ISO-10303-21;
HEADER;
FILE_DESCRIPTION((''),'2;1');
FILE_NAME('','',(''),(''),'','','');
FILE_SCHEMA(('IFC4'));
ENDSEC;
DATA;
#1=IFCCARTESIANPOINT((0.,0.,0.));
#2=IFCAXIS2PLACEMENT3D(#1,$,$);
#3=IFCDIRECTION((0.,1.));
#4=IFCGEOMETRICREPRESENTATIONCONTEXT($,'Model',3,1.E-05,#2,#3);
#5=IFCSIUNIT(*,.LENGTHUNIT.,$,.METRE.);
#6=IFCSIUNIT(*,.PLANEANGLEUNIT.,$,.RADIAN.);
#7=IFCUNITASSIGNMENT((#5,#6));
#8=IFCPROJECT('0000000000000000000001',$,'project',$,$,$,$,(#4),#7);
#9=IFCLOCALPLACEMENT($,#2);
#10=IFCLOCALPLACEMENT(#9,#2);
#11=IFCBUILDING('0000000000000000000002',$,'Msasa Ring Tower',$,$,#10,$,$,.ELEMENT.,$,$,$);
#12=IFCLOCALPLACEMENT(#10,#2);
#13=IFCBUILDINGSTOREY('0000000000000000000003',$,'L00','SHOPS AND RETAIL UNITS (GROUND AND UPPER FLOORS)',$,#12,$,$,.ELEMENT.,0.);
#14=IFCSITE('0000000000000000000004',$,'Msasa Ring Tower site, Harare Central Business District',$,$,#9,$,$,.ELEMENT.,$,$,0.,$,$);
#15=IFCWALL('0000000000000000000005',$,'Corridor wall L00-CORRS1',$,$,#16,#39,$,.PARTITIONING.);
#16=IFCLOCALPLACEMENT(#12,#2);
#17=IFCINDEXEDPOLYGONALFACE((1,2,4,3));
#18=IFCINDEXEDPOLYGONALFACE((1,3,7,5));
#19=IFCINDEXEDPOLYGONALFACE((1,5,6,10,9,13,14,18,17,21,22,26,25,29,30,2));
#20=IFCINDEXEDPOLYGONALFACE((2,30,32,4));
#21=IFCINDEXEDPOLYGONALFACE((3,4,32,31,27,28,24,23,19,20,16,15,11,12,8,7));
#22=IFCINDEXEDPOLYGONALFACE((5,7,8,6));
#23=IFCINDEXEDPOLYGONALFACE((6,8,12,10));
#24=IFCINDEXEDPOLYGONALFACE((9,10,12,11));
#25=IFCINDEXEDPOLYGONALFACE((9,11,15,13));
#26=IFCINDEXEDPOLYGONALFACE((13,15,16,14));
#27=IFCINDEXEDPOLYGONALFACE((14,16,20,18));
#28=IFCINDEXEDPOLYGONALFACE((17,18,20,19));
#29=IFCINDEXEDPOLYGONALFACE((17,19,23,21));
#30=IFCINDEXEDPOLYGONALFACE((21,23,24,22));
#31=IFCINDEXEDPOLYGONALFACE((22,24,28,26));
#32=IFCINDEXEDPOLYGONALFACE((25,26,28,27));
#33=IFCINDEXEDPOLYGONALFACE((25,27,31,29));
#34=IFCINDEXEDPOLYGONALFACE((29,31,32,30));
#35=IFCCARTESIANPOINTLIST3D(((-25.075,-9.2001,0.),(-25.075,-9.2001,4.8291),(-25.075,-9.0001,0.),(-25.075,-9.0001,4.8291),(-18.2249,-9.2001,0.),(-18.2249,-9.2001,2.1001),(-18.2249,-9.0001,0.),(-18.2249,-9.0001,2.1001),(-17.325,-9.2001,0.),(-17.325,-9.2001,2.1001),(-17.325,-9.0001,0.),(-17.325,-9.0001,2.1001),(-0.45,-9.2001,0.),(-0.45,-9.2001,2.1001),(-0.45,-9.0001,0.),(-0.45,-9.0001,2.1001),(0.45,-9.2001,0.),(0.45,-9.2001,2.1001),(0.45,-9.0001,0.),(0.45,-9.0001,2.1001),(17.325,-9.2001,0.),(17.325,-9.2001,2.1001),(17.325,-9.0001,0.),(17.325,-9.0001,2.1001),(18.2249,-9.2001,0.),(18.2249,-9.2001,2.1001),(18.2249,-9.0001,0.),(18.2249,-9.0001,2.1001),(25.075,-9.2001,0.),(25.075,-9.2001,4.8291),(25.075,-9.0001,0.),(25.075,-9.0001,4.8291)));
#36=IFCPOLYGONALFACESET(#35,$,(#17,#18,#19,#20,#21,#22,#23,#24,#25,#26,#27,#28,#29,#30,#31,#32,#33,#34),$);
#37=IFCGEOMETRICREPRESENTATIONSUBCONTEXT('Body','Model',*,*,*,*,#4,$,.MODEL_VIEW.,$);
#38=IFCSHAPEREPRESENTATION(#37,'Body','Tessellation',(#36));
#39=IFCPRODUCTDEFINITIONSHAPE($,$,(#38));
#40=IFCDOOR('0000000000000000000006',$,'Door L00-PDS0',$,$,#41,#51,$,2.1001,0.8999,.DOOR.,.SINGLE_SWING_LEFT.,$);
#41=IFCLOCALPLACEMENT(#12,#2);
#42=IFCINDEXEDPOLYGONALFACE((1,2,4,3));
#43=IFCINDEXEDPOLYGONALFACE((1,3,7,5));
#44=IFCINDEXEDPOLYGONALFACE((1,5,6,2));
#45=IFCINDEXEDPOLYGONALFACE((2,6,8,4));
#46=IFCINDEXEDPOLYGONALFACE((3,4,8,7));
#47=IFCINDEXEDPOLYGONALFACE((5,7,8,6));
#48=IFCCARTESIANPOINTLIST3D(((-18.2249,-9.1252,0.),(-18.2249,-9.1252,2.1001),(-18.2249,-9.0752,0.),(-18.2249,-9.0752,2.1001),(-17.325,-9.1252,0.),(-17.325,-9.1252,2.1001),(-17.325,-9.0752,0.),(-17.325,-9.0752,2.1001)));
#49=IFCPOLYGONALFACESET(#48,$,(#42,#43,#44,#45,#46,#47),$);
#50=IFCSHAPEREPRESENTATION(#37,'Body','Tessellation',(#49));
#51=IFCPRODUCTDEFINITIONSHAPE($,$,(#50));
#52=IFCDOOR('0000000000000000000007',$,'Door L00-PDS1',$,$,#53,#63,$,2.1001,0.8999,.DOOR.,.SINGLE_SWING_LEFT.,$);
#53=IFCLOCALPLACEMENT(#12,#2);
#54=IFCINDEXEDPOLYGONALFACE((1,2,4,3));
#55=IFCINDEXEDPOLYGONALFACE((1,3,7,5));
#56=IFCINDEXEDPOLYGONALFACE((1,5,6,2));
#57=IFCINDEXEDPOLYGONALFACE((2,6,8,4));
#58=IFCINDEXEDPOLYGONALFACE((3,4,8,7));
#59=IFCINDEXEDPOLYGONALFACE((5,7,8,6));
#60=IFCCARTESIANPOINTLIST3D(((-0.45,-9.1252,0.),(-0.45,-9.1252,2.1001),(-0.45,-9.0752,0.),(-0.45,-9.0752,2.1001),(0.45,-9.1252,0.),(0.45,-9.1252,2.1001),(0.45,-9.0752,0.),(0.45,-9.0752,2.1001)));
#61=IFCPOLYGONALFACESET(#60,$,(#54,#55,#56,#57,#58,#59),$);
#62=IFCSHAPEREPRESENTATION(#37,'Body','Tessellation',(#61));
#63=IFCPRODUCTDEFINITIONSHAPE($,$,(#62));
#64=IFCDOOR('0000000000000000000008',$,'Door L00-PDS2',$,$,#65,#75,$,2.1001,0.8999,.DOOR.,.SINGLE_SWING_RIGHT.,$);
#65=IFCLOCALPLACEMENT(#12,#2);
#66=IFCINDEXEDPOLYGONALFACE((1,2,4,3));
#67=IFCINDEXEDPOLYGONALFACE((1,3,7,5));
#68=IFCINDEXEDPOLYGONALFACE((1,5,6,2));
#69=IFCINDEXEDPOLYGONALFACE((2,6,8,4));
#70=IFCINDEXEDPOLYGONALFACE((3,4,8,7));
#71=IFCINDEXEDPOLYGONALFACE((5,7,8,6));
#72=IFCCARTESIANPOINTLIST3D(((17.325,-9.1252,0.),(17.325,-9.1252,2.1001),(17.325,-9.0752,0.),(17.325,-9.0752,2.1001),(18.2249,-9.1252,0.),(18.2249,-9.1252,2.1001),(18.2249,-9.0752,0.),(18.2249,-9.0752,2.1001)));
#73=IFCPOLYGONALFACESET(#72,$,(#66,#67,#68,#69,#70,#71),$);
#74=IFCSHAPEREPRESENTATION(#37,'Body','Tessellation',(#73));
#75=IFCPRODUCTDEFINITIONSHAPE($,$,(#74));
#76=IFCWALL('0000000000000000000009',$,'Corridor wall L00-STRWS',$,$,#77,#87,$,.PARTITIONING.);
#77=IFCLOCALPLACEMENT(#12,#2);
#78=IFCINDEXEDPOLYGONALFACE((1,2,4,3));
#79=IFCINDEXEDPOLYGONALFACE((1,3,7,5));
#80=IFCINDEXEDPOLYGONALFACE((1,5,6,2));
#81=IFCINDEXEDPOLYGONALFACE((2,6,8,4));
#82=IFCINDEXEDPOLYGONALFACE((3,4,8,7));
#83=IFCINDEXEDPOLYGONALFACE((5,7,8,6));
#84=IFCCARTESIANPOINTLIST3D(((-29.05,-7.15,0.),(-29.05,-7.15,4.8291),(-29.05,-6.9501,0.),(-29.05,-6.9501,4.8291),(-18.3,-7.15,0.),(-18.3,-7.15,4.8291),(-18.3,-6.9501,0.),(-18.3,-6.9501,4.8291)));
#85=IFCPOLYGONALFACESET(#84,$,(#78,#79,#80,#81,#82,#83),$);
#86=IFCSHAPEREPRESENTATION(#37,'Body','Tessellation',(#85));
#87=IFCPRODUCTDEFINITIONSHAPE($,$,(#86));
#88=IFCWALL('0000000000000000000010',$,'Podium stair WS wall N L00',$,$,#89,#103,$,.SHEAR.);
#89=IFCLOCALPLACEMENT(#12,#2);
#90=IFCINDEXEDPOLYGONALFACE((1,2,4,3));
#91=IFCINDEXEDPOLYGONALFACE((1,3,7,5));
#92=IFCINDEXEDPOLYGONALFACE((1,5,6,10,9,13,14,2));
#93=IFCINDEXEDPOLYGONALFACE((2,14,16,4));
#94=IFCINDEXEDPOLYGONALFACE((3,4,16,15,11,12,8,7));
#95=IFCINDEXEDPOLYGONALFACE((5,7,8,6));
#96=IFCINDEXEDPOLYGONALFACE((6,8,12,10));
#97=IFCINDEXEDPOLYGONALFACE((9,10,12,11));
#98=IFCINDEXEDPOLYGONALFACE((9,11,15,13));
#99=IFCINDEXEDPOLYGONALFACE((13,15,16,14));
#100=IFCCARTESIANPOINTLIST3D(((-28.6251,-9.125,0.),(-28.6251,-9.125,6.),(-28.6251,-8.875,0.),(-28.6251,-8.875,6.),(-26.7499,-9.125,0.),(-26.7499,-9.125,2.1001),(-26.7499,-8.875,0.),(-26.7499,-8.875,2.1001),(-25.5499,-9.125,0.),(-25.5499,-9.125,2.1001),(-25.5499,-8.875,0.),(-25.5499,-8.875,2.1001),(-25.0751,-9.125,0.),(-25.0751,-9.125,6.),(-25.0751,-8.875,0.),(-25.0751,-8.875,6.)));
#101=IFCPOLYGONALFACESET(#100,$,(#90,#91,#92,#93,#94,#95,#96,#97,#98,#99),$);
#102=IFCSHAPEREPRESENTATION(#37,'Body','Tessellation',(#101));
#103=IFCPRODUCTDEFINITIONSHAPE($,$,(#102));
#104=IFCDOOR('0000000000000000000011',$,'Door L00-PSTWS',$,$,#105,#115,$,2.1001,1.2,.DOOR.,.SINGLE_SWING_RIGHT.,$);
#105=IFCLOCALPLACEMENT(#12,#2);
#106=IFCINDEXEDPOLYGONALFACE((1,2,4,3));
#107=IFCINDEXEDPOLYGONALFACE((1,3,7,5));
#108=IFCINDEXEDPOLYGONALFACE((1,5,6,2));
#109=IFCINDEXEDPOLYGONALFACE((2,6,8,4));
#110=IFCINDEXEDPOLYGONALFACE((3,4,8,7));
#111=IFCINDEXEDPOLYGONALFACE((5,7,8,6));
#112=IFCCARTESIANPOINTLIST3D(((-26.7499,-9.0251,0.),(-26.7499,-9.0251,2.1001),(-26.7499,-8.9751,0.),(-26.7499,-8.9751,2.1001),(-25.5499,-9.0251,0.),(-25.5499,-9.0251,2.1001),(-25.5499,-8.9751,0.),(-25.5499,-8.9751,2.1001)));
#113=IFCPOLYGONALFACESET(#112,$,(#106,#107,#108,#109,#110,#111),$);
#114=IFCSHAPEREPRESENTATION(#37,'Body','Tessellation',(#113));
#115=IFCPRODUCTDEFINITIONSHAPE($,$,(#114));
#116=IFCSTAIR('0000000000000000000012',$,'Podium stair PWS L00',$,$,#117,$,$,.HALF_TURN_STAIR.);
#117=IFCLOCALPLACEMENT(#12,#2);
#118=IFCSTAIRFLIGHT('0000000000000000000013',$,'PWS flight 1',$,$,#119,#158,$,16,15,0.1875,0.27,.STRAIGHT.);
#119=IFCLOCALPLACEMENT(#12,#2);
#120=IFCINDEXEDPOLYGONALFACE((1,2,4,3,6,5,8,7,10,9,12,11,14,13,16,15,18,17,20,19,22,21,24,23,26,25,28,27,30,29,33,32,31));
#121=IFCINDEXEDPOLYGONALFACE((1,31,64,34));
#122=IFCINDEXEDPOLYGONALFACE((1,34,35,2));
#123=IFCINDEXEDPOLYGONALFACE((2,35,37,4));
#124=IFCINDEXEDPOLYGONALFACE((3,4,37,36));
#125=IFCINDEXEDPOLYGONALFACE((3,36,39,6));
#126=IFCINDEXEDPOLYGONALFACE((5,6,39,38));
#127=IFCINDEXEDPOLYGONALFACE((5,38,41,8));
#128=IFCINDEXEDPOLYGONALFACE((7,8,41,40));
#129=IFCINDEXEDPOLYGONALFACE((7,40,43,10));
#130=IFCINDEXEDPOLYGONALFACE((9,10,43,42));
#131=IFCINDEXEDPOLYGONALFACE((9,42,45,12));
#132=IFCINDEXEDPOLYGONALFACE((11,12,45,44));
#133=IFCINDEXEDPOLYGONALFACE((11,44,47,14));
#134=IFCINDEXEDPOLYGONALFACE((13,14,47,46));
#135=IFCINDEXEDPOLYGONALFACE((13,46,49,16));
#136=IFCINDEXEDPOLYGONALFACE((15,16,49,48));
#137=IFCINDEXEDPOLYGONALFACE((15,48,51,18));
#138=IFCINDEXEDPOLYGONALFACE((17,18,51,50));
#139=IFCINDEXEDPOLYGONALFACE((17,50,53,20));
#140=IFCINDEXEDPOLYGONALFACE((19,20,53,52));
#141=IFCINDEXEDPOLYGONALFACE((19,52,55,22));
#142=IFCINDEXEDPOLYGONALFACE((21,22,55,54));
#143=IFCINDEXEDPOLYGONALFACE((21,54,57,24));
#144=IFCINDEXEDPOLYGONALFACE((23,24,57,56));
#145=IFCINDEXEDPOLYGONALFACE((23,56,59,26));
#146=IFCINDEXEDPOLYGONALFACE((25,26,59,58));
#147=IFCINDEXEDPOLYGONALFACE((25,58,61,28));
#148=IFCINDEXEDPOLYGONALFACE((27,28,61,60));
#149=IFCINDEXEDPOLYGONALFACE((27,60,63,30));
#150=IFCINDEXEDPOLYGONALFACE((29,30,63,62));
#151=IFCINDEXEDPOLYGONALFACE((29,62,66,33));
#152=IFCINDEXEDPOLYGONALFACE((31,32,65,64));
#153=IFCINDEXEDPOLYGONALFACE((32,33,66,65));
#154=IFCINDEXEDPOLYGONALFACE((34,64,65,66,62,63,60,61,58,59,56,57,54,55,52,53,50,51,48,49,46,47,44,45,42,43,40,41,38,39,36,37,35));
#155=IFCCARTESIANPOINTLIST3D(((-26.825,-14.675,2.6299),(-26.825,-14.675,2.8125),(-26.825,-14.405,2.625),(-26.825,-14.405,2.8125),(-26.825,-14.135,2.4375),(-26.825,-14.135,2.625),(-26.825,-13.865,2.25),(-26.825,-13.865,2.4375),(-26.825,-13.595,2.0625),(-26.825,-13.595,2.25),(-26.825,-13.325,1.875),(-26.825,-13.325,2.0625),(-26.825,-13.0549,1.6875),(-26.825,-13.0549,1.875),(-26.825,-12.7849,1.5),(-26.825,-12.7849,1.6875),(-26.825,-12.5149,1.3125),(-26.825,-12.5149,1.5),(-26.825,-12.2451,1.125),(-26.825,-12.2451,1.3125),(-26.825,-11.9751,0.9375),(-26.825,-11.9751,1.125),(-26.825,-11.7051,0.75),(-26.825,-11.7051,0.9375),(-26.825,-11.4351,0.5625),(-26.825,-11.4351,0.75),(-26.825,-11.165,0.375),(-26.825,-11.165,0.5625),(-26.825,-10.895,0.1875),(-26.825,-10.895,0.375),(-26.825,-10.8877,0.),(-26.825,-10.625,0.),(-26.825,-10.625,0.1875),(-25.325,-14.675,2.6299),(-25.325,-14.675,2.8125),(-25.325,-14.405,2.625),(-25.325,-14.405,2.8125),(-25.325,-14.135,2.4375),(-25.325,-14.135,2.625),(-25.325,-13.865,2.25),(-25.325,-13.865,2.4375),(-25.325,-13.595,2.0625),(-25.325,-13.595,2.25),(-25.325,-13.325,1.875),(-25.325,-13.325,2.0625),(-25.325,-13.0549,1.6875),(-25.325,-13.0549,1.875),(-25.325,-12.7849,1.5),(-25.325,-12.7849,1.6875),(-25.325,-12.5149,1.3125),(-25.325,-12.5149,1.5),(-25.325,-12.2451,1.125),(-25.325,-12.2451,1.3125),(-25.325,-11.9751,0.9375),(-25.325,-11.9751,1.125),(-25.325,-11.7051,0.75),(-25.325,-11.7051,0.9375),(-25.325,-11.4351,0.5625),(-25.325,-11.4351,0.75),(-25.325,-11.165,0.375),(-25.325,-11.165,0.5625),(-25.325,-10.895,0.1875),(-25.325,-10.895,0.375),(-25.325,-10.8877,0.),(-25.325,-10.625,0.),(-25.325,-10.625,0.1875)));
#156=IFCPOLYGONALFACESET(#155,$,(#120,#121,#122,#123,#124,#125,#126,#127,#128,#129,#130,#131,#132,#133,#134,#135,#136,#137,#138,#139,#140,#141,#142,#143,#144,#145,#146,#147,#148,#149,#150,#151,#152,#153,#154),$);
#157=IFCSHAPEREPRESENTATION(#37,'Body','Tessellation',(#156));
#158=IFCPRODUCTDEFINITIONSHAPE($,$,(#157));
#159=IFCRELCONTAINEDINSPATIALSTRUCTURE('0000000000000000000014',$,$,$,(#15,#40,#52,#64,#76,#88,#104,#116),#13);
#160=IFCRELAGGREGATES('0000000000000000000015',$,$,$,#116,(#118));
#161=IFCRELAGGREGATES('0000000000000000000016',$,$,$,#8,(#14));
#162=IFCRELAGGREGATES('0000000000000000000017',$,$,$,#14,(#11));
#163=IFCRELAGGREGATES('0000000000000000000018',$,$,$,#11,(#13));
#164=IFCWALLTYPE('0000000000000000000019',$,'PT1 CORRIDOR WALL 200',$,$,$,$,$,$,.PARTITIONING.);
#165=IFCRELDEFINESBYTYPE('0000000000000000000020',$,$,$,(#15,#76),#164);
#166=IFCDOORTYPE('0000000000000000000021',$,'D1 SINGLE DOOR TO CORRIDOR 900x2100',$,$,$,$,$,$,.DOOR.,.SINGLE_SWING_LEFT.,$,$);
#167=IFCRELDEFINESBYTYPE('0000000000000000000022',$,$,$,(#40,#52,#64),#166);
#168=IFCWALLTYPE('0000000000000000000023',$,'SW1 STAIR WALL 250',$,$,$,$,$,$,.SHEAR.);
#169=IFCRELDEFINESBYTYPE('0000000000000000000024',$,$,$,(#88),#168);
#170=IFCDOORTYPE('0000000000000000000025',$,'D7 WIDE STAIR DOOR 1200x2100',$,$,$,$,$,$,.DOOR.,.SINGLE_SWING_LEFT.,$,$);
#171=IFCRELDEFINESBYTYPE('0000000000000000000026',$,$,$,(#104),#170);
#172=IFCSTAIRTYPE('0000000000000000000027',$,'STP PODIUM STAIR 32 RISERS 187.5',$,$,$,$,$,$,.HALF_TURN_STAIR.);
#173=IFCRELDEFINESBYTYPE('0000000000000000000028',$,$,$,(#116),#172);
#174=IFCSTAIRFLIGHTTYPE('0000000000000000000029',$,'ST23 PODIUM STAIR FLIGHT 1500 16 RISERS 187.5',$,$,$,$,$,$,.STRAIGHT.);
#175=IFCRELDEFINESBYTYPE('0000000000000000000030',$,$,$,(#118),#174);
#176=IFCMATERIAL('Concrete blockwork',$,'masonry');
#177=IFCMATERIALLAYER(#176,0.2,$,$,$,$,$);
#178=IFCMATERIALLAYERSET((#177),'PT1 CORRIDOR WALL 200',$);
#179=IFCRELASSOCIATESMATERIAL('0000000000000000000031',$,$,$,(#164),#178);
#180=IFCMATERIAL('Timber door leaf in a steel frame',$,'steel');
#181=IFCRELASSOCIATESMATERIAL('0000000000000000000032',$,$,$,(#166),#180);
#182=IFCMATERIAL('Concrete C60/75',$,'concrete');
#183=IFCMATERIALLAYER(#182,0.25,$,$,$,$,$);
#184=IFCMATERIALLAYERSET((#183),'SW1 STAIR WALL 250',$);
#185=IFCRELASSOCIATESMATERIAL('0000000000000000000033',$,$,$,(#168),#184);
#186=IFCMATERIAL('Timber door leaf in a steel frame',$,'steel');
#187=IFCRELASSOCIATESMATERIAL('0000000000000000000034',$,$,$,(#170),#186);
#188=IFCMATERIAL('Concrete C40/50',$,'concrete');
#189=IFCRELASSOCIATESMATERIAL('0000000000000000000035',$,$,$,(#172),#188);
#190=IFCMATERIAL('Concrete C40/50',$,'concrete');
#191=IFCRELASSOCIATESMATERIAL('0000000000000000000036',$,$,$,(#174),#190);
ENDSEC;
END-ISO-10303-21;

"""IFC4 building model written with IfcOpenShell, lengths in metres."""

from ifc_helpers import new_model, si_unit, direction, frame, frame_2d, origin, place, context, subcontext, project, spatial, polyline, rectangle, outline, extrude, material, layer, layer_set, type_object, element, fill, aggregate, save


model = new_model("IFC4")

# Units and contexts
model_context = context("Model", 3, precision=1e-05, world=origin(), true_north=direction((0.0, 1.0)))
body_context = subcontext(model_context, "Body", "Model", "MODEL_VIEW")
ifc_project = project(units=[si_unit("LENGTHUNIT", "METRE"), si_unit("PLANEANGLEUNIT", "RADIAN")], contexts=[model_context])

# Site, building, storey
site_placement = place(None, origin())
site = spatial("IfcSite", under=ifc_project, at=site_placement, Name="Msasa Ring Tower site, Harare Central Business District", CompositionType="ELEMENT", RefElevation=0.0)
building_placement = place(site_placement, origin())
building = spatial("IfcBuilding", under=site, at=building_placement, Name="Msasa Ring Tower", CompositionType="ELEMENT")
storey_placement = place(building_placement, origin())
storey = spatial("IfcBuildingStorey", under=building, at=storey_placement, Name="L00", Description="SHOPS AND RETAIL UNITS (GROUND AND UPPER FLOORS)", CompositionType="ELEMENT", Elevation=0.0)

# Wall, openings, doors
ifc_material_1 = material(Name="Concrete blockwork", Category="masonry")
ifc_layer_1 = layer(ifc_material_1, 0.2)
ifc_layer_set_1 = layer_set([ifc_layer_1], Name="PT1 CORRIDOR WALL 200")
wall_type_1 = type_object("IfcWallType", Name="PT1 CORRIDOR WALL 200", PredefinedType="PARTITIONING", material=ifc_layer_set_1)
wall_1_placement = place(storey_placement, frame((-25.075, -9.1001, 0.0), z_axis=(0.0, 0.0, 1.0), x_axis=(1.0, 0.0, 0.0)))
wall_1 = element("IfcWall", 1, at=wall_1_placement, inside=storey, type_object=wall_type_1, Name="Corridor wall L00-CORRS1", PredefinedType="PARTITIONING", context=body_context, shape_type="SweptSolid", body=[
    extrude(rectangle(XDim=50.1499, YDim=0.2, at=frame_2d((25.075, 0.0))), origin(), (0.0, 0.0, 1.0), 4.8291),
])
opening_1_placement = place(wall_1_placement, frame((6.8501, 0.0, 0.0)))
opening_1 = element("IfcOpeningElement", 2, at=opening_1_placement, cuts=wall_1, PredefinedType="OPENING", context=body_context, shape_type="SweptSolid", body=[
    extrude(rectangle(XDim=0.8999, YDim=2.1001, at=frame_2d((0.45, 1.05))), frame((0.0, 0.1099, 0.0), z_axis=(0.0, -1.0, 0.0), x_axis=(1.0, 0.0, 0.0)), (0.0, 0.0, 1.0), 0.22),
])
opening_2_placement = place(wall_1_placement, frame((24.625, 0.0, 0.0)))
opening_2 = element("IfcOpeningElement", 3, at=opening_2_placement, cuts=wall_1, PredefinedType="OPENING", context=body_context, shape_type="SweptSolid", body=[
    extrude(rectangle(XDim=0.8999, YDim=2.1001, at=frame_2d((0.45, 1.05))), frame((0.0, 0.1099, 0.0), z_axis=(0.0, -1.0, 0.0), x_axis=(1.0, 0.0, 0.0)), (0.0, 0.0, 1.0), 0.22),
])
opening_3_placement = place(wall_1_placement, frame((42.3999, 0.0, 0.0)))
opening_3 = element("IfcOpeningElement", 4, at=opening_3_placement, cuts=wall_1, PredefinedType="OPENING", context=body_context, shape_type="SweptSolid", body=[
    extrude(rectangle(XDim=0.8999, YDim=2.1001, at=frame_2d((0.45, 1.05))), frame((0.0, 0.1099, 0.0), z_axis=(0.0, -1.0, 0.0), x_axis=(1.0, 0.0, 0.0)), (0.0, 0.0, 1.0), 0.22),
])
ifc_material_2 = material(Name="Timber door leaf in a steel frame", Category="steel")
door_type_1 = type_object("IfcDoorType", Name="D1 SINGLE DOOR TO CORRIDOR 900x2100", OperationType="SINGLE_SWING_LEFT", PredefinedType="DOOR", material=ifc_material_2)
door_1_placement = place(opening_1_placement, origin())
door_1 = element("IfcDoor", 5, at=door_1_placement, inside=storey, type_object=door_type_1, Name="Door L00-PDS0", OperationType="SINGLE_SWING_LEFT", OverallHeight=2.1001, OverallWidth=0.8999, PredefinedType="DOOR", context=body_context, shape_type="SweptSolid", body=[
    extrude(rectangle(XDim=0.8999, YDim=2.1001, at=frame_2d((0.45, 1.05))), frame((0.0, 0.0249, 0.0), z_axis=(0.0, -1.0, 0.0), x_axis=(1.0, 0.0, 0.0)), (0.0, 0.0, 1.0), 0.05),
])
fill(opening_1, door_1)
door_2_placement = place(opening_2_placement, origin())
door_2 = element("IfcDoor", 6, at=door_2_placement, inside=storey, type_object=door_type_1, Name="Door L00-PDS1", OperationType="SINGLE_SWING_LEFT", OverallHeight=2.1001, OverallWidth=0.8999, PredefinedType="DOOR", context=body_context, shape_type="SweptSolid", body=[
    extrude(rectangle(XDim=0.8999, YDim=2.1001, at=frame_2d((0.45, 1.05))), frame((0.0, 0.0249, 0.0), z_axis=(0.0, -1.0, 0.0), x_axis=(1.0, 0.0, 0.0)), (0.0, 0.0, 1.0), 0.05),
])
fill(opening_2, door_2)
door_3_placement = place(opening_3_placement, origin())
door_3 = element("IfcDoor", 7, at=door_3_placement, inside=storey, type_object=door_type_1, Name="Door L00-PDS2", OperationType="SINGLE_SWING_RIGHT", OverallHeight=2.1001, OverallWidth=0.8999, PredefinedType="DOOR", context=body_context, shape_type="SweptSolid", body=[
    extrude(rectangle(XDim=0.8999, YDim=2.1001, at=frame_2d((0.45, 1.05))), frame((0.0, 0.0249, 0.0), z_axis=(0.0, -1.0, 0.0), x_axis=(1.0, 0.0, 0.0)), (0.0, 0.0, 1.0), 0.05),
])
fill(opening_3, door_3)

# Wall
wall_2_placement = place(storey_placement, frame((-29.05, -7.05, 0.0), z_axis=(0.0, 0.0, 1.0), x_axis=(1.0, 0.0, 0.0)))
element("IfcWall", 8, at=wall_2_placement, inside=storey, type_object=wall_type_1, Name="Corridor wall L00-STRWS", PredefinedType="PARTITIONING", context=body_context, shape_type="SweptSolid", body=[
    extrude(rectangle(XDim=10.75, YDim=0.2, at=frame_2d((5.375, 0.0))), origin(), (0.0, 0.0, 1.0), 4.8291),
])

# Wall, opening, door
ifc_material_3 = material(Name="Concrete C60/75", Category="concrete")
ifc_layer_2 = layer(ifc_material_3, 0.25)
ifc_layer_set_2 = layer_set([ifc_layer_2], Name="SW1 STAIR WALL 250")
wall_type_2 = type_object("IfcWallType", Name="SW1 STAIR WALL 250", PredefinedType="SHEAR", material=ifc_layer_set_2)
wall_3_placement = place(storey_placement, frame((-28.625, -9.0, 0.0), z_axis=(0.0, 0.0, 1.0), x_axis=(1.0, 0.0, 0.0)))
wall_3 = element("IfcWall", 9, at=wall_3_placement, inside=storey, type_object=wall_type_2, Name="Podium stair WS wall N L00", PredefinedType="SHEAR", context=body_context, shape_type="SweptSolid", body=[
    extrude(rectangle(XDim=3.55, YDim=0.25, at=frame_2d((1.7749, 0.0))), origin(), (0.0, 0.0, 1.0), 6.0),
])
opening_4_placement = place(wall_3_placement, frame((1.875, 0.0, 0.0)))
opening_4 = element("IfcOpeningElement", 10, at=opening_4_placement, cuts=wall_3, PredefinedType="OPENING", context=body_context, shape_type="SweptSolid", body=[
    extrude(rectangle(XDim=1.2, YDim=2.1001, at=frame_2d((0.6001, 1.05))), frame((0.0, 0.135, 0.0), z_axis=(0.0, -1.0, 0.0), x_axis=(1.0, 0.0, 0.0)), (0.0, 0.0, 1.0), 0.27),
])
ifc_material_4 = material(Name="Timber door leaf in a steel frame", Category="steel")
door_type_2 = type_object("IfcDoorType", Name="D7 WIDE STAIR DOOR 1200x2100", OperationType="SINGLE_SWING_LEFT", PredefinedType="DOOR", material=ifc_material_4)
door_4_placement = place(opening_4_placement, origin())
door_4 = element("IfcDoor", 11, at=door_4_placement, inside=storey, type_object=door_type_2, Name="Door L00-PSTWS", OperationType="SINGLE_SWING_RIGHT", OverallHeight=2.1001, OverallWidth=1.2, PredefinedType="DOOR", context=body_context, shape_type="SweptSolid", body=[
    extrude(rectangle(XDim=1.2, YDim=2.1001, at=frame_2d((0.6001, 1.05))), frame((0.0, 0.0249, 0.0), z_axis=(0.0, -1.0, 0.0), x_axis=(1.0, 0.0, 0.0)), (0.0, 0.0, 1.0), 0.05),
])
fill(opening_4, door_4)

# Stair, stair flight
ifc_material_5 = material(Name="Concrete C40/50", Category="concrete")
stair_type = type_object("IfcStairType", Name="STP PODIUM STAIR 32 RISERS 187.5", PredefinedType="HALF_TURN_STAIR", material=ifc_material_5)
stair_placement = place(storey_placement, origin())
stair = element("IfcStair", 12, at=stair_placement, inside=storey, type_object=stair_type, Name="Podium stair PWS L00", PredefinedType="HALF_TURN_STAIR")
ifc_material_6 = material(Name="Concrete C40/50", Category="concrete")
stair_flight_type = type_object("IfcStairFlightType", Name="ST23 PODIUM STAIR FLIGHT 1500 16 RISERS 187.5", PredefinedType="STRAIGHT", material=ifc_material_6)
stair_flight_placement = place(storey_placement, frame((-26.075, -10.625, 0.0), z_axis=(0.0, 0.0, 1.0), x_axis=(0.0, -1.0, 0.0)))
stair_flight = element("IfcStairFlight", 13, at=stair_flight_placement, type_object=stair_flight_type, Name="PWS flight 1", NumberOfRisers=16, NumberOfTreads=15, PredefinedType="STRAIGHT", RiserHeight=0.1875, TreadLength=0.27, context=body_context, shape_type="SweptSolid", body=[
    extrude(outline(polyline([(0.0, 0.0), (0.0, 0.1875), (0.27, 0.1875), (0.27, 0.375), (0.54, 0.375), (0.54, 0.5625), (0.8101, 0.5625), (0.8101, 0.75), (1.0801, 0.75), (1.0801, 0.9375), (1.3501, 0.9375), (1.3501, 1.125), (1.6201, 1.125), (1.6201, 1.3125), (1.8899, 1.3125), (1.8899, 1.5), (2.1599, 1.5), (2.1599, 1.6875), (2.4299, 1.6875), (2.4299, 1.875), (2.7, 1.875), (2.7, 2.0625), (2.97, 2.0625), (2.97, 2.25), (3.24, 2.25), (3.24, 2.4375), (3.51, 2.4375), (3.51, 2.625), (3.78, 2.625), (3.78, 2.8125), (4.05, 2.8125), (4.05, 3.0), (4.05, 2.6299), (0.2627, 0.0), (0.0, 0.0)])), frame((0.0, 0.75, 0.0), z_axis=(0.0, -1.0, 0.0), x_axis=(1.0, 0.0, 0.0)), (0.0, 0.0, 1.0), 1.5),
])
aggregate(stair, [stair_flight])

save(model, "model.ifc")
